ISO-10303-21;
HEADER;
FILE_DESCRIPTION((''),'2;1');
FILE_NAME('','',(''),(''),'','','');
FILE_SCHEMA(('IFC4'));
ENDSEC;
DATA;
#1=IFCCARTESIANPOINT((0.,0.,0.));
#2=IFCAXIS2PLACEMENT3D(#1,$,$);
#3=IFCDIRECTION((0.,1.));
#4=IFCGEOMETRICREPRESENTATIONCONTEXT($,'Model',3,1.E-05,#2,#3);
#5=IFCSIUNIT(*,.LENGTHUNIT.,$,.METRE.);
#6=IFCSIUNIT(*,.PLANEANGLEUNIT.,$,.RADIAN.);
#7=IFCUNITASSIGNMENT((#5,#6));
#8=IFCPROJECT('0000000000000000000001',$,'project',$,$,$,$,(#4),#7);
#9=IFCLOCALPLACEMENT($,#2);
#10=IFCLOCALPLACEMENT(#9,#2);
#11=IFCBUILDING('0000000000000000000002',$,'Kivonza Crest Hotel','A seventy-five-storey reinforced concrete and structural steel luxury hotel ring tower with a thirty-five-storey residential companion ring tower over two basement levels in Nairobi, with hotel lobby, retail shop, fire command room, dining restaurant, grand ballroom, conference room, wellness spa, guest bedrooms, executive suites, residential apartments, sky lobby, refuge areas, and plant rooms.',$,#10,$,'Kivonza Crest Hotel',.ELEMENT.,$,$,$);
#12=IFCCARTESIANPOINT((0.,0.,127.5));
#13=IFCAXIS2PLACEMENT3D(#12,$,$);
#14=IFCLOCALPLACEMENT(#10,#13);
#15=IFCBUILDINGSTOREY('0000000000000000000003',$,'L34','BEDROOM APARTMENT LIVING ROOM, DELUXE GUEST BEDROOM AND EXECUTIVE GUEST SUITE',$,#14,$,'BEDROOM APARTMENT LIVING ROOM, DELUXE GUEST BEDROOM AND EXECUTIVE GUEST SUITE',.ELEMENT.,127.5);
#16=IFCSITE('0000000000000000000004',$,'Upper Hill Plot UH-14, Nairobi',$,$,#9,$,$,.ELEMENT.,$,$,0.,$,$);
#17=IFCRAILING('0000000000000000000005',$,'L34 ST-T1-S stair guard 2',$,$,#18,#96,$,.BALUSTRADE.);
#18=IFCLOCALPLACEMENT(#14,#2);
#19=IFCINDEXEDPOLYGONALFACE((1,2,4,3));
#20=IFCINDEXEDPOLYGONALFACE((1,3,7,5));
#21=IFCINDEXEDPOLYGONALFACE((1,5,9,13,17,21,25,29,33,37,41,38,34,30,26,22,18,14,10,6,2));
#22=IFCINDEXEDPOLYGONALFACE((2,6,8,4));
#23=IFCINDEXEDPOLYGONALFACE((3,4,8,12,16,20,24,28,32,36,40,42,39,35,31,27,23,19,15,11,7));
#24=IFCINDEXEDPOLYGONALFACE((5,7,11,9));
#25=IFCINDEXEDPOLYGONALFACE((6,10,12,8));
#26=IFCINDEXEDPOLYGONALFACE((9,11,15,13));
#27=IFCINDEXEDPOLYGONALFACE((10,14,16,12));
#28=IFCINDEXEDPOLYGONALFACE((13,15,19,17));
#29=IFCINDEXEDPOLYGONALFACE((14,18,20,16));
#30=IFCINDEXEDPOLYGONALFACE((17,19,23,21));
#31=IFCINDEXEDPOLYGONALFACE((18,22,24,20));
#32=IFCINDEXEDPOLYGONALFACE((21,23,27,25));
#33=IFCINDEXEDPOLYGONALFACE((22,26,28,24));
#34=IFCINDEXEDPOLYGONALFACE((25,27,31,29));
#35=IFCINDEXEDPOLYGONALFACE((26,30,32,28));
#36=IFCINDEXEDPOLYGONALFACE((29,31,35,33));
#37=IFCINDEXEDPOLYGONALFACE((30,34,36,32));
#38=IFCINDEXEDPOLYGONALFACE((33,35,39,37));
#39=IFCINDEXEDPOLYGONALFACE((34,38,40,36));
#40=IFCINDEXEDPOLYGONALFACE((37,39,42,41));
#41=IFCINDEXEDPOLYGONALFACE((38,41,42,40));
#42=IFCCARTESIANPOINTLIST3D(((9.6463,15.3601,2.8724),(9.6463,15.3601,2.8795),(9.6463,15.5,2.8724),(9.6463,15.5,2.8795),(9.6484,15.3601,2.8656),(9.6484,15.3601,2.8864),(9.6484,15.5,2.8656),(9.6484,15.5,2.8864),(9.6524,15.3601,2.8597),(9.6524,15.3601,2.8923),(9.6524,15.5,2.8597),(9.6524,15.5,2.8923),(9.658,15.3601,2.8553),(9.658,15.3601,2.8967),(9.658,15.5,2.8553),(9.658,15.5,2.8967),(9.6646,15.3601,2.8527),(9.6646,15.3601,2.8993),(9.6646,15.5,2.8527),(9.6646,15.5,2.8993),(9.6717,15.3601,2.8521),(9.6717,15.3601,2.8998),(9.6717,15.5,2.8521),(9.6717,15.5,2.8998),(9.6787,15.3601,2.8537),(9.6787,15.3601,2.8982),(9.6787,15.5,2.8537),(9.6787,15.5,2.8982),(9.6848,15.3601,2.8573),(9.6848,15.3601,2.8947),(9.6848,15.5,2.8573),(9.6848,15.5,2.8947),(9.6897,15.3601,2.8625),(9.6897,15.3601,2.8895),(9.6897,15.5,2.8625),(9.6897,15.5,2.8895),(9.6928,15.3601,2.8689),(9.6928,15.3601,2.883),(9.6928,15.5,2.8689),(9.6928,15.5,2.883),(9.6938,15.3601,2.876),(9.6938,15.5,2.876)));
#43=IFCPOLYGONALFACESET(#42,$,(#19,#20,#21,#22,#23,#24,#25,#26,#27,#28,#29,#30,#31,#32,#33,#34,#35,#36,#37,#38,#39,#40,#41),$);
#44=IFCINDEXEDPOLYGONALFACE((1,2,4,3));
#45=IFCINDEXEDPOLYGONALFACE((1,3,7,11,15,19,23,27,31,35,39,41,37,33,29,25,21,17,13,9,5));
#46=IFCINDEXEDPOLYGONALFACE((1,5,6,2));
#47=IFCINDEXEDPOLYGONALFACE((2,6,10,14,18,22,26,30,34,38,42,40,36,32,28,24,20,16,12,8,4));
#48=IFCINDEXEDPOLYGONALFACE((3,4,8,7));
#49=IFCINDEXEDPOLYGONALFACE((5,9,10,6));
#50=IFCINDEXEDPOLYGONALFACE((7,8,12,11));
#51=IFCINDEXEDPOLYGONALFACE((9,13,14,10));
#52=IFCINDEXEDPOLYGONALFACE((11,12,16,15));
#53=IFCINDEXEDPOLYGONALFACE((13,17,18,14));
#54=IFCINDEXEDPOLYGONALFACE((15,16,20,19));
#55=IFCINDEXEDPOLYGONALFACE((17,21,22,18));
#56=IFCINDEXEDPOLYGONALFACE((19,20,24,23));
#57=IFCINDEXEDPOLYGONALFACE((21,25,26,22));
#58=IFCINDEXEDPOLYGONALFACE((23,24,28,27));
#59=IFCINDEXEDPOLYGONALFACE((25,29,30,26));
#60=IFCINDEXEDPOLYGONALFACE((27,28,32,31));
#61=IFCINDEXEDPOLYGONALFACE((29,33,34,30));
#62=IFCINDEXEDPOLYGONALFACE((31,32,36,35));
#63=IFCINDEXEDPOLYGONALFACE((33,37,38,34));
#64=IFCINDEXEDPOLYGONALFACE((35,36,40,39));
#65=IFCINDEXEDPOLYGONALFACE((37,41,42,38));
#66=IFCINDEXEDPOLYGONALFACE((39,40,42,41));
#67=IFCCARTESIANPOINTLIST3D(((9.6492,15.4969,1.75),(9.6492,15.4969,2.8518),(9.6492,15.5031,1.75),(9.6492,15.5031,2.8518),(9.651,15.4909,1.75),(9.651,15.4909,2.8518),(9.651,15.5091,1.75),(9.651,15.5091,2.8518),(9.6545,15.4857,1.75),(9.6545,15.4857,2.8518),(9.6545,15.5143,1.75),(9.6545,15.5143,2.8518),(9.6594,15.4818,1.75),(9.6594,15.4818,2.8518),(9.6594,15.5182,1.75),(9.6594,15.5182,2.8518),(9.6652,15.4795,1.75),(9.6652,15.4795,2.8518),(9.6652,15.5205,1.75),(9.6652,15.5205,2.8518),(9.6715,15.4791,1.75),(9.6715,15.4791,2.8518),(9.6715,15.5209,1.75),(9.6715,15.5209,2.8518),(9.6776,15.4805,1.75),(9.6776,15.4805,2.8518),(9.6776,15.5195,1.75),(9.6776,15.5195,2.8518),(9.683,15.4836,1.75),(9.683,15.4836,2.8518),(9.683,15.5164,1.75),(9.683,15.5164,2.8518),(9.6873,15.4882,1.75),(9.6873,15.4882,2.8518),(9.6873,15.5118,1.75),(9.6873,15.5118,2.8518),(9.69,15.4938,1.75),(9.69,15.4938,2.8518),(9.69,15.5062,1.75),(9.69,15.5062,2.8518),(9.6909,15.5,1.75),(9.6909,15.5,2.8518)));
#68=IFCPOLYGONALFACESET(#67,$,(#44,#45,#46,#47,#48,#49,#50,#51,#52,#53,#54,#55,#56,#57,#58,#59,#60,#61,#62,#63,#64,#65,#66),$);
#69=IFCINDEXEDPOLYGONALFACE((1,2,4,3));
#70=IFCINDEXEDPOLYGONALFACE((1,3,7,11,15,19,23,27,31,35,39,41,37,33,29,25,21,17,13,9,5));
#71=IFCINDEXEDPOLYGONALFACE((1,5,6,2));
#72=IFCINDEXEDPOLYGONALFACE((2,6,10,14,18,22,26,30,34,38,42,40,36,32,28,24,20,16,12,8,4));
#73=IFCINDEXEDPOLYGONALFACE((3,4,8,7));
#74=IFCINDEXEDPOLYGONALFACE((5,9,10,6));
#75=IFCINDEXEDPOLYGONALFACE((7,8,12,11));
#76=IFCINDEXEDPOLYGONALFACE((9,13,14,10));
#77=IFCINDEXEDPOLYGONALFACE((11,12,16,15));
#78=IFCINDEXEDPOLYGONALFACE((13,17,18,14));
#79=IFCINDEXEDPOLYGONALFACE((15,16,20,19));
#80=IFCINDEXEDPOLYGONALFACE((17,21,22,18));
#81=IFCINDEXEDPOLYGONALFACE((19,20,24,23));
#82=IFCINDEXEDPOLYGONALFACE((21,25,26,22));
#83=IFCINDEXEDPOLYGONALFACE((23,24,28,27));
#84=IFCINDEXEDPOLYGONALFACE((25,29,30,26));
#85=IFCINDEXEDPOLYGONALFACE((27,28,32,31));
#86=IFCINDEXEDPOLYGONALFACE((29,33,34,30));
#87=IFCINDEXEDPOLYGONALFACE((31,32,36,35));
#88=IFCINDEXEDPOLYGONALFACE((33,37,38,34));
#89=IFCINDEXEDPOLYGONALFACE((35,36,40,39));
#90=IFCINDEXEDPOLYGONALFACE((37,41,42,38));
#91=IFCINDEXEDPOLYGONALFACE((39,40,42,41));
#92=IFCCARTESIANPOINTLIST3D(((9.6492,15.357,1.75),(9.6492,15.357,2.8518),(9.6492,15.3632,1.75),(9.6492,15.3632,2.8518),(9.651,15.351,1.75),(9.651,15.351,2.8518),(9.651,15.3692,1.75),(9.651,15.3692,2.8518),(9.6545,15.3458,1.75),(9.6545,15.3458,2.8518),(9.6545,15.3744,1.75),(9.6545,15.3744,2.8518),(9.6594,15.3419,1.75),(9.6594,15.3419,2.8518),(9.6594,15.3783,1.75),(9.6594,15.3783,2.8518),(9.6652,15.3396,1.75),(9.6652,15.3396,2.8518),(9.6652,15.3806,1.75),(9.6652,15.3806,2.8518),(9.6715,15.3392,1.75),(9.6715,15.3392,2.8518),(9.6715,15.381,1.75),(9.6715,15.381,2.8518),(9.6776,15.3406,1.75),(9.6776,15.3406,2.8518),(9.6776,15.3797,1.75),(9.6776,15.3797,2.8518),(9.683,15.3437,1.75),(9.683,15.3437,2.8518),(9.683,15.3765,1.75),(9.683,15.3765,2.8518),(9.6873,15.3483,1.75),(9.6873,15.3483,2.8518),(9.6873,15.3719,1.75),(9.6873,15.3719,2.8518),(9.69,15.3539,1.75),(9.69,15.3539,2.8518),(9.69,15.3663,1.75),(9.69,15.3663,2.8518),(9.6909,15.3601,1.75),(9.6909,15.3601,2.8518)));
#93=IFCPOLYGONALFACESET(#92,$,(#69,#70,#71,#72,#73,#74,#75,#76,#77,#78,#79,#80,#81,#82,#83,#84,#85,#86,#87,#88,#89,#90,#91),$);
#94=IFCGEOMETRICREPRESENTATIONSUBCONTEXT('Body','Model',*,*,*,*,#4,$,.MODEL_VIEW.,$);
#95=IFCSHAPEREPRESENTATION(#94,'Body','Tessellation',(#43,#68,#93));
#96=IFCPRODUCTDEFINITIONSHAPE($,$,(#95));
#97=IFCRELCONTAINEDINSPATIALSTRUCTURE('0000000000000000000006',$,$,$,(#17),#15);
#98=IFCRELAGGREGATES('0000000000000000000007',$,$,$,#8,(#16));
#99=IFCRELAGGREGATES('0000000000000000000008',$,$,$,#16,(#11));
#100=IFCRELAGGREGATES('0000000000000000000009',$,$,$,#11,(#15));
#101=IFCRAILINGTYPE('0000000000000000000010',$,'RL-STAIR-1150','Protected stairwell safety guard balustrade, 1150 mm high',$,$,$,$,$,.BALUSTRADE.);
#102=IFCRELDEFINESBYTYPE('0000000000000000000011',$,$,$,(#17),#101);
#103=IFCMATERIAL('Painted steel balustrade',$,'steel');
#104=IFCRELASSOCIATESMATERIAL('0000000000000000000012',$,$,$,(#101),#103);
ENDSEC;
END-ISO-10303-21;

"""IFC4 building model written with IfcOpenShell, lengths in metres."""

from ifc_helpers import new_model, si_unit, direction, frame, origin, origin_2d, place, context, subcontext, project, spatial, circle, extrude, material, type_object, element, save


model = new_model("IFC4")

# Units and contexts
model_context = context("Model", 3, precision=1e-05, world=origin(), true_north=direction((0.0, 1.0)))
body_context = subcontext(model_context, "Body", "Model", "MODEL_VIEW")
ifc_project = project(units=[si_unit("LENGTHUNIT", "METRE"), si_unit("PLANEANGLEUNIT", "RADIAN")], contexts=[model_context])

# Site, building, storey
site_placement = place(None, origin())
site = spatial("IfcSite", under=ifc_project, at=site_placement, Name="Upper Hill Plot UH-14, Nairobi", CompositionType="ELEMENT", RefElevation=0.0)
building_placement = place(site_placement, origin())
building = spatial("IfcBuilding", under=site, at=building_placement, Name="Kivonza Crest Hotel", Description="A seventy-five-storey reinforced concrete and structural steel luxury hotel ring tower with a thirty-five-storey residential companion ring tower over two basement levels in Nairobi, with hotel lobby, retail shop, fire command room, dining restaurant, grand ballroom, conference room, wellness spa, guest bedrooms, executive suites, residential apartments, sky lobby, refuge areas, and plant rooms.", LongName="Kivonza Crest Hotel", CompositionType="ELEMENT")
storey_placement = place(building_placement, frame((0.0, 0.0, 127.5)))
storey = spatial("IfcBuildingStorey", under=building, at=storey_placement, Name="L34", Description="BEDROOM APARTMENT LIVING ROOM, DELUXE GUEST BEDROOM AND EXECUTIVE GUEST SUITE", LongName="BEDROOM APARTMENT LIVING ROOM, DELUXE GUEST BEDROOM AND EXECUTIVE GUEST SUITE", CompositionType="ELEMENT", Elevation=127.5)

# Railing
ifc_material_1 = material(Name="Painted steel balustrade", Category="steel")
railing_type_1 = type_object("IfcRailingType", Name="RL-STAIR-1150", Description="Protected stairwell safety guard balustrade, 1150 mm high", PredefinedType="BALUSTRADE", material=ifc_material_1)
railing_1_placement = place(storey_placement, frame((9.6699, 15.5, 1.75)))
element("IfcRailing", 1, at=railing_1_placement, inside=storey, type_object=railing_type_1, Name="L34 ST-T1-S stair guard 2", PredefinedType="BALUSTRADE", context=body_context, shape_type="SweptSolid", body=[
    extrude(circle(Radius=0.0239, at=origin_2d()), frame((0.0, 0.0, 1.126), z_axis=(0.0, -1.0, 0.0), x_axis=(1.0, 0.0, 0.0)), (0.0, 0.0, 1.0), 0.1399),
    extrude(circle(Radius=0.021, at=origin_2d()), origin(), (0.0, 0.0, 1.0), 1.1018),
    extrude(circle(Radius=0.021, at=origin_2d()), frame((0.0, -0.1399, 0.0)), (0.0, 0.0, 1.0), 1.1018),
])

save(model, "model.ifc")
